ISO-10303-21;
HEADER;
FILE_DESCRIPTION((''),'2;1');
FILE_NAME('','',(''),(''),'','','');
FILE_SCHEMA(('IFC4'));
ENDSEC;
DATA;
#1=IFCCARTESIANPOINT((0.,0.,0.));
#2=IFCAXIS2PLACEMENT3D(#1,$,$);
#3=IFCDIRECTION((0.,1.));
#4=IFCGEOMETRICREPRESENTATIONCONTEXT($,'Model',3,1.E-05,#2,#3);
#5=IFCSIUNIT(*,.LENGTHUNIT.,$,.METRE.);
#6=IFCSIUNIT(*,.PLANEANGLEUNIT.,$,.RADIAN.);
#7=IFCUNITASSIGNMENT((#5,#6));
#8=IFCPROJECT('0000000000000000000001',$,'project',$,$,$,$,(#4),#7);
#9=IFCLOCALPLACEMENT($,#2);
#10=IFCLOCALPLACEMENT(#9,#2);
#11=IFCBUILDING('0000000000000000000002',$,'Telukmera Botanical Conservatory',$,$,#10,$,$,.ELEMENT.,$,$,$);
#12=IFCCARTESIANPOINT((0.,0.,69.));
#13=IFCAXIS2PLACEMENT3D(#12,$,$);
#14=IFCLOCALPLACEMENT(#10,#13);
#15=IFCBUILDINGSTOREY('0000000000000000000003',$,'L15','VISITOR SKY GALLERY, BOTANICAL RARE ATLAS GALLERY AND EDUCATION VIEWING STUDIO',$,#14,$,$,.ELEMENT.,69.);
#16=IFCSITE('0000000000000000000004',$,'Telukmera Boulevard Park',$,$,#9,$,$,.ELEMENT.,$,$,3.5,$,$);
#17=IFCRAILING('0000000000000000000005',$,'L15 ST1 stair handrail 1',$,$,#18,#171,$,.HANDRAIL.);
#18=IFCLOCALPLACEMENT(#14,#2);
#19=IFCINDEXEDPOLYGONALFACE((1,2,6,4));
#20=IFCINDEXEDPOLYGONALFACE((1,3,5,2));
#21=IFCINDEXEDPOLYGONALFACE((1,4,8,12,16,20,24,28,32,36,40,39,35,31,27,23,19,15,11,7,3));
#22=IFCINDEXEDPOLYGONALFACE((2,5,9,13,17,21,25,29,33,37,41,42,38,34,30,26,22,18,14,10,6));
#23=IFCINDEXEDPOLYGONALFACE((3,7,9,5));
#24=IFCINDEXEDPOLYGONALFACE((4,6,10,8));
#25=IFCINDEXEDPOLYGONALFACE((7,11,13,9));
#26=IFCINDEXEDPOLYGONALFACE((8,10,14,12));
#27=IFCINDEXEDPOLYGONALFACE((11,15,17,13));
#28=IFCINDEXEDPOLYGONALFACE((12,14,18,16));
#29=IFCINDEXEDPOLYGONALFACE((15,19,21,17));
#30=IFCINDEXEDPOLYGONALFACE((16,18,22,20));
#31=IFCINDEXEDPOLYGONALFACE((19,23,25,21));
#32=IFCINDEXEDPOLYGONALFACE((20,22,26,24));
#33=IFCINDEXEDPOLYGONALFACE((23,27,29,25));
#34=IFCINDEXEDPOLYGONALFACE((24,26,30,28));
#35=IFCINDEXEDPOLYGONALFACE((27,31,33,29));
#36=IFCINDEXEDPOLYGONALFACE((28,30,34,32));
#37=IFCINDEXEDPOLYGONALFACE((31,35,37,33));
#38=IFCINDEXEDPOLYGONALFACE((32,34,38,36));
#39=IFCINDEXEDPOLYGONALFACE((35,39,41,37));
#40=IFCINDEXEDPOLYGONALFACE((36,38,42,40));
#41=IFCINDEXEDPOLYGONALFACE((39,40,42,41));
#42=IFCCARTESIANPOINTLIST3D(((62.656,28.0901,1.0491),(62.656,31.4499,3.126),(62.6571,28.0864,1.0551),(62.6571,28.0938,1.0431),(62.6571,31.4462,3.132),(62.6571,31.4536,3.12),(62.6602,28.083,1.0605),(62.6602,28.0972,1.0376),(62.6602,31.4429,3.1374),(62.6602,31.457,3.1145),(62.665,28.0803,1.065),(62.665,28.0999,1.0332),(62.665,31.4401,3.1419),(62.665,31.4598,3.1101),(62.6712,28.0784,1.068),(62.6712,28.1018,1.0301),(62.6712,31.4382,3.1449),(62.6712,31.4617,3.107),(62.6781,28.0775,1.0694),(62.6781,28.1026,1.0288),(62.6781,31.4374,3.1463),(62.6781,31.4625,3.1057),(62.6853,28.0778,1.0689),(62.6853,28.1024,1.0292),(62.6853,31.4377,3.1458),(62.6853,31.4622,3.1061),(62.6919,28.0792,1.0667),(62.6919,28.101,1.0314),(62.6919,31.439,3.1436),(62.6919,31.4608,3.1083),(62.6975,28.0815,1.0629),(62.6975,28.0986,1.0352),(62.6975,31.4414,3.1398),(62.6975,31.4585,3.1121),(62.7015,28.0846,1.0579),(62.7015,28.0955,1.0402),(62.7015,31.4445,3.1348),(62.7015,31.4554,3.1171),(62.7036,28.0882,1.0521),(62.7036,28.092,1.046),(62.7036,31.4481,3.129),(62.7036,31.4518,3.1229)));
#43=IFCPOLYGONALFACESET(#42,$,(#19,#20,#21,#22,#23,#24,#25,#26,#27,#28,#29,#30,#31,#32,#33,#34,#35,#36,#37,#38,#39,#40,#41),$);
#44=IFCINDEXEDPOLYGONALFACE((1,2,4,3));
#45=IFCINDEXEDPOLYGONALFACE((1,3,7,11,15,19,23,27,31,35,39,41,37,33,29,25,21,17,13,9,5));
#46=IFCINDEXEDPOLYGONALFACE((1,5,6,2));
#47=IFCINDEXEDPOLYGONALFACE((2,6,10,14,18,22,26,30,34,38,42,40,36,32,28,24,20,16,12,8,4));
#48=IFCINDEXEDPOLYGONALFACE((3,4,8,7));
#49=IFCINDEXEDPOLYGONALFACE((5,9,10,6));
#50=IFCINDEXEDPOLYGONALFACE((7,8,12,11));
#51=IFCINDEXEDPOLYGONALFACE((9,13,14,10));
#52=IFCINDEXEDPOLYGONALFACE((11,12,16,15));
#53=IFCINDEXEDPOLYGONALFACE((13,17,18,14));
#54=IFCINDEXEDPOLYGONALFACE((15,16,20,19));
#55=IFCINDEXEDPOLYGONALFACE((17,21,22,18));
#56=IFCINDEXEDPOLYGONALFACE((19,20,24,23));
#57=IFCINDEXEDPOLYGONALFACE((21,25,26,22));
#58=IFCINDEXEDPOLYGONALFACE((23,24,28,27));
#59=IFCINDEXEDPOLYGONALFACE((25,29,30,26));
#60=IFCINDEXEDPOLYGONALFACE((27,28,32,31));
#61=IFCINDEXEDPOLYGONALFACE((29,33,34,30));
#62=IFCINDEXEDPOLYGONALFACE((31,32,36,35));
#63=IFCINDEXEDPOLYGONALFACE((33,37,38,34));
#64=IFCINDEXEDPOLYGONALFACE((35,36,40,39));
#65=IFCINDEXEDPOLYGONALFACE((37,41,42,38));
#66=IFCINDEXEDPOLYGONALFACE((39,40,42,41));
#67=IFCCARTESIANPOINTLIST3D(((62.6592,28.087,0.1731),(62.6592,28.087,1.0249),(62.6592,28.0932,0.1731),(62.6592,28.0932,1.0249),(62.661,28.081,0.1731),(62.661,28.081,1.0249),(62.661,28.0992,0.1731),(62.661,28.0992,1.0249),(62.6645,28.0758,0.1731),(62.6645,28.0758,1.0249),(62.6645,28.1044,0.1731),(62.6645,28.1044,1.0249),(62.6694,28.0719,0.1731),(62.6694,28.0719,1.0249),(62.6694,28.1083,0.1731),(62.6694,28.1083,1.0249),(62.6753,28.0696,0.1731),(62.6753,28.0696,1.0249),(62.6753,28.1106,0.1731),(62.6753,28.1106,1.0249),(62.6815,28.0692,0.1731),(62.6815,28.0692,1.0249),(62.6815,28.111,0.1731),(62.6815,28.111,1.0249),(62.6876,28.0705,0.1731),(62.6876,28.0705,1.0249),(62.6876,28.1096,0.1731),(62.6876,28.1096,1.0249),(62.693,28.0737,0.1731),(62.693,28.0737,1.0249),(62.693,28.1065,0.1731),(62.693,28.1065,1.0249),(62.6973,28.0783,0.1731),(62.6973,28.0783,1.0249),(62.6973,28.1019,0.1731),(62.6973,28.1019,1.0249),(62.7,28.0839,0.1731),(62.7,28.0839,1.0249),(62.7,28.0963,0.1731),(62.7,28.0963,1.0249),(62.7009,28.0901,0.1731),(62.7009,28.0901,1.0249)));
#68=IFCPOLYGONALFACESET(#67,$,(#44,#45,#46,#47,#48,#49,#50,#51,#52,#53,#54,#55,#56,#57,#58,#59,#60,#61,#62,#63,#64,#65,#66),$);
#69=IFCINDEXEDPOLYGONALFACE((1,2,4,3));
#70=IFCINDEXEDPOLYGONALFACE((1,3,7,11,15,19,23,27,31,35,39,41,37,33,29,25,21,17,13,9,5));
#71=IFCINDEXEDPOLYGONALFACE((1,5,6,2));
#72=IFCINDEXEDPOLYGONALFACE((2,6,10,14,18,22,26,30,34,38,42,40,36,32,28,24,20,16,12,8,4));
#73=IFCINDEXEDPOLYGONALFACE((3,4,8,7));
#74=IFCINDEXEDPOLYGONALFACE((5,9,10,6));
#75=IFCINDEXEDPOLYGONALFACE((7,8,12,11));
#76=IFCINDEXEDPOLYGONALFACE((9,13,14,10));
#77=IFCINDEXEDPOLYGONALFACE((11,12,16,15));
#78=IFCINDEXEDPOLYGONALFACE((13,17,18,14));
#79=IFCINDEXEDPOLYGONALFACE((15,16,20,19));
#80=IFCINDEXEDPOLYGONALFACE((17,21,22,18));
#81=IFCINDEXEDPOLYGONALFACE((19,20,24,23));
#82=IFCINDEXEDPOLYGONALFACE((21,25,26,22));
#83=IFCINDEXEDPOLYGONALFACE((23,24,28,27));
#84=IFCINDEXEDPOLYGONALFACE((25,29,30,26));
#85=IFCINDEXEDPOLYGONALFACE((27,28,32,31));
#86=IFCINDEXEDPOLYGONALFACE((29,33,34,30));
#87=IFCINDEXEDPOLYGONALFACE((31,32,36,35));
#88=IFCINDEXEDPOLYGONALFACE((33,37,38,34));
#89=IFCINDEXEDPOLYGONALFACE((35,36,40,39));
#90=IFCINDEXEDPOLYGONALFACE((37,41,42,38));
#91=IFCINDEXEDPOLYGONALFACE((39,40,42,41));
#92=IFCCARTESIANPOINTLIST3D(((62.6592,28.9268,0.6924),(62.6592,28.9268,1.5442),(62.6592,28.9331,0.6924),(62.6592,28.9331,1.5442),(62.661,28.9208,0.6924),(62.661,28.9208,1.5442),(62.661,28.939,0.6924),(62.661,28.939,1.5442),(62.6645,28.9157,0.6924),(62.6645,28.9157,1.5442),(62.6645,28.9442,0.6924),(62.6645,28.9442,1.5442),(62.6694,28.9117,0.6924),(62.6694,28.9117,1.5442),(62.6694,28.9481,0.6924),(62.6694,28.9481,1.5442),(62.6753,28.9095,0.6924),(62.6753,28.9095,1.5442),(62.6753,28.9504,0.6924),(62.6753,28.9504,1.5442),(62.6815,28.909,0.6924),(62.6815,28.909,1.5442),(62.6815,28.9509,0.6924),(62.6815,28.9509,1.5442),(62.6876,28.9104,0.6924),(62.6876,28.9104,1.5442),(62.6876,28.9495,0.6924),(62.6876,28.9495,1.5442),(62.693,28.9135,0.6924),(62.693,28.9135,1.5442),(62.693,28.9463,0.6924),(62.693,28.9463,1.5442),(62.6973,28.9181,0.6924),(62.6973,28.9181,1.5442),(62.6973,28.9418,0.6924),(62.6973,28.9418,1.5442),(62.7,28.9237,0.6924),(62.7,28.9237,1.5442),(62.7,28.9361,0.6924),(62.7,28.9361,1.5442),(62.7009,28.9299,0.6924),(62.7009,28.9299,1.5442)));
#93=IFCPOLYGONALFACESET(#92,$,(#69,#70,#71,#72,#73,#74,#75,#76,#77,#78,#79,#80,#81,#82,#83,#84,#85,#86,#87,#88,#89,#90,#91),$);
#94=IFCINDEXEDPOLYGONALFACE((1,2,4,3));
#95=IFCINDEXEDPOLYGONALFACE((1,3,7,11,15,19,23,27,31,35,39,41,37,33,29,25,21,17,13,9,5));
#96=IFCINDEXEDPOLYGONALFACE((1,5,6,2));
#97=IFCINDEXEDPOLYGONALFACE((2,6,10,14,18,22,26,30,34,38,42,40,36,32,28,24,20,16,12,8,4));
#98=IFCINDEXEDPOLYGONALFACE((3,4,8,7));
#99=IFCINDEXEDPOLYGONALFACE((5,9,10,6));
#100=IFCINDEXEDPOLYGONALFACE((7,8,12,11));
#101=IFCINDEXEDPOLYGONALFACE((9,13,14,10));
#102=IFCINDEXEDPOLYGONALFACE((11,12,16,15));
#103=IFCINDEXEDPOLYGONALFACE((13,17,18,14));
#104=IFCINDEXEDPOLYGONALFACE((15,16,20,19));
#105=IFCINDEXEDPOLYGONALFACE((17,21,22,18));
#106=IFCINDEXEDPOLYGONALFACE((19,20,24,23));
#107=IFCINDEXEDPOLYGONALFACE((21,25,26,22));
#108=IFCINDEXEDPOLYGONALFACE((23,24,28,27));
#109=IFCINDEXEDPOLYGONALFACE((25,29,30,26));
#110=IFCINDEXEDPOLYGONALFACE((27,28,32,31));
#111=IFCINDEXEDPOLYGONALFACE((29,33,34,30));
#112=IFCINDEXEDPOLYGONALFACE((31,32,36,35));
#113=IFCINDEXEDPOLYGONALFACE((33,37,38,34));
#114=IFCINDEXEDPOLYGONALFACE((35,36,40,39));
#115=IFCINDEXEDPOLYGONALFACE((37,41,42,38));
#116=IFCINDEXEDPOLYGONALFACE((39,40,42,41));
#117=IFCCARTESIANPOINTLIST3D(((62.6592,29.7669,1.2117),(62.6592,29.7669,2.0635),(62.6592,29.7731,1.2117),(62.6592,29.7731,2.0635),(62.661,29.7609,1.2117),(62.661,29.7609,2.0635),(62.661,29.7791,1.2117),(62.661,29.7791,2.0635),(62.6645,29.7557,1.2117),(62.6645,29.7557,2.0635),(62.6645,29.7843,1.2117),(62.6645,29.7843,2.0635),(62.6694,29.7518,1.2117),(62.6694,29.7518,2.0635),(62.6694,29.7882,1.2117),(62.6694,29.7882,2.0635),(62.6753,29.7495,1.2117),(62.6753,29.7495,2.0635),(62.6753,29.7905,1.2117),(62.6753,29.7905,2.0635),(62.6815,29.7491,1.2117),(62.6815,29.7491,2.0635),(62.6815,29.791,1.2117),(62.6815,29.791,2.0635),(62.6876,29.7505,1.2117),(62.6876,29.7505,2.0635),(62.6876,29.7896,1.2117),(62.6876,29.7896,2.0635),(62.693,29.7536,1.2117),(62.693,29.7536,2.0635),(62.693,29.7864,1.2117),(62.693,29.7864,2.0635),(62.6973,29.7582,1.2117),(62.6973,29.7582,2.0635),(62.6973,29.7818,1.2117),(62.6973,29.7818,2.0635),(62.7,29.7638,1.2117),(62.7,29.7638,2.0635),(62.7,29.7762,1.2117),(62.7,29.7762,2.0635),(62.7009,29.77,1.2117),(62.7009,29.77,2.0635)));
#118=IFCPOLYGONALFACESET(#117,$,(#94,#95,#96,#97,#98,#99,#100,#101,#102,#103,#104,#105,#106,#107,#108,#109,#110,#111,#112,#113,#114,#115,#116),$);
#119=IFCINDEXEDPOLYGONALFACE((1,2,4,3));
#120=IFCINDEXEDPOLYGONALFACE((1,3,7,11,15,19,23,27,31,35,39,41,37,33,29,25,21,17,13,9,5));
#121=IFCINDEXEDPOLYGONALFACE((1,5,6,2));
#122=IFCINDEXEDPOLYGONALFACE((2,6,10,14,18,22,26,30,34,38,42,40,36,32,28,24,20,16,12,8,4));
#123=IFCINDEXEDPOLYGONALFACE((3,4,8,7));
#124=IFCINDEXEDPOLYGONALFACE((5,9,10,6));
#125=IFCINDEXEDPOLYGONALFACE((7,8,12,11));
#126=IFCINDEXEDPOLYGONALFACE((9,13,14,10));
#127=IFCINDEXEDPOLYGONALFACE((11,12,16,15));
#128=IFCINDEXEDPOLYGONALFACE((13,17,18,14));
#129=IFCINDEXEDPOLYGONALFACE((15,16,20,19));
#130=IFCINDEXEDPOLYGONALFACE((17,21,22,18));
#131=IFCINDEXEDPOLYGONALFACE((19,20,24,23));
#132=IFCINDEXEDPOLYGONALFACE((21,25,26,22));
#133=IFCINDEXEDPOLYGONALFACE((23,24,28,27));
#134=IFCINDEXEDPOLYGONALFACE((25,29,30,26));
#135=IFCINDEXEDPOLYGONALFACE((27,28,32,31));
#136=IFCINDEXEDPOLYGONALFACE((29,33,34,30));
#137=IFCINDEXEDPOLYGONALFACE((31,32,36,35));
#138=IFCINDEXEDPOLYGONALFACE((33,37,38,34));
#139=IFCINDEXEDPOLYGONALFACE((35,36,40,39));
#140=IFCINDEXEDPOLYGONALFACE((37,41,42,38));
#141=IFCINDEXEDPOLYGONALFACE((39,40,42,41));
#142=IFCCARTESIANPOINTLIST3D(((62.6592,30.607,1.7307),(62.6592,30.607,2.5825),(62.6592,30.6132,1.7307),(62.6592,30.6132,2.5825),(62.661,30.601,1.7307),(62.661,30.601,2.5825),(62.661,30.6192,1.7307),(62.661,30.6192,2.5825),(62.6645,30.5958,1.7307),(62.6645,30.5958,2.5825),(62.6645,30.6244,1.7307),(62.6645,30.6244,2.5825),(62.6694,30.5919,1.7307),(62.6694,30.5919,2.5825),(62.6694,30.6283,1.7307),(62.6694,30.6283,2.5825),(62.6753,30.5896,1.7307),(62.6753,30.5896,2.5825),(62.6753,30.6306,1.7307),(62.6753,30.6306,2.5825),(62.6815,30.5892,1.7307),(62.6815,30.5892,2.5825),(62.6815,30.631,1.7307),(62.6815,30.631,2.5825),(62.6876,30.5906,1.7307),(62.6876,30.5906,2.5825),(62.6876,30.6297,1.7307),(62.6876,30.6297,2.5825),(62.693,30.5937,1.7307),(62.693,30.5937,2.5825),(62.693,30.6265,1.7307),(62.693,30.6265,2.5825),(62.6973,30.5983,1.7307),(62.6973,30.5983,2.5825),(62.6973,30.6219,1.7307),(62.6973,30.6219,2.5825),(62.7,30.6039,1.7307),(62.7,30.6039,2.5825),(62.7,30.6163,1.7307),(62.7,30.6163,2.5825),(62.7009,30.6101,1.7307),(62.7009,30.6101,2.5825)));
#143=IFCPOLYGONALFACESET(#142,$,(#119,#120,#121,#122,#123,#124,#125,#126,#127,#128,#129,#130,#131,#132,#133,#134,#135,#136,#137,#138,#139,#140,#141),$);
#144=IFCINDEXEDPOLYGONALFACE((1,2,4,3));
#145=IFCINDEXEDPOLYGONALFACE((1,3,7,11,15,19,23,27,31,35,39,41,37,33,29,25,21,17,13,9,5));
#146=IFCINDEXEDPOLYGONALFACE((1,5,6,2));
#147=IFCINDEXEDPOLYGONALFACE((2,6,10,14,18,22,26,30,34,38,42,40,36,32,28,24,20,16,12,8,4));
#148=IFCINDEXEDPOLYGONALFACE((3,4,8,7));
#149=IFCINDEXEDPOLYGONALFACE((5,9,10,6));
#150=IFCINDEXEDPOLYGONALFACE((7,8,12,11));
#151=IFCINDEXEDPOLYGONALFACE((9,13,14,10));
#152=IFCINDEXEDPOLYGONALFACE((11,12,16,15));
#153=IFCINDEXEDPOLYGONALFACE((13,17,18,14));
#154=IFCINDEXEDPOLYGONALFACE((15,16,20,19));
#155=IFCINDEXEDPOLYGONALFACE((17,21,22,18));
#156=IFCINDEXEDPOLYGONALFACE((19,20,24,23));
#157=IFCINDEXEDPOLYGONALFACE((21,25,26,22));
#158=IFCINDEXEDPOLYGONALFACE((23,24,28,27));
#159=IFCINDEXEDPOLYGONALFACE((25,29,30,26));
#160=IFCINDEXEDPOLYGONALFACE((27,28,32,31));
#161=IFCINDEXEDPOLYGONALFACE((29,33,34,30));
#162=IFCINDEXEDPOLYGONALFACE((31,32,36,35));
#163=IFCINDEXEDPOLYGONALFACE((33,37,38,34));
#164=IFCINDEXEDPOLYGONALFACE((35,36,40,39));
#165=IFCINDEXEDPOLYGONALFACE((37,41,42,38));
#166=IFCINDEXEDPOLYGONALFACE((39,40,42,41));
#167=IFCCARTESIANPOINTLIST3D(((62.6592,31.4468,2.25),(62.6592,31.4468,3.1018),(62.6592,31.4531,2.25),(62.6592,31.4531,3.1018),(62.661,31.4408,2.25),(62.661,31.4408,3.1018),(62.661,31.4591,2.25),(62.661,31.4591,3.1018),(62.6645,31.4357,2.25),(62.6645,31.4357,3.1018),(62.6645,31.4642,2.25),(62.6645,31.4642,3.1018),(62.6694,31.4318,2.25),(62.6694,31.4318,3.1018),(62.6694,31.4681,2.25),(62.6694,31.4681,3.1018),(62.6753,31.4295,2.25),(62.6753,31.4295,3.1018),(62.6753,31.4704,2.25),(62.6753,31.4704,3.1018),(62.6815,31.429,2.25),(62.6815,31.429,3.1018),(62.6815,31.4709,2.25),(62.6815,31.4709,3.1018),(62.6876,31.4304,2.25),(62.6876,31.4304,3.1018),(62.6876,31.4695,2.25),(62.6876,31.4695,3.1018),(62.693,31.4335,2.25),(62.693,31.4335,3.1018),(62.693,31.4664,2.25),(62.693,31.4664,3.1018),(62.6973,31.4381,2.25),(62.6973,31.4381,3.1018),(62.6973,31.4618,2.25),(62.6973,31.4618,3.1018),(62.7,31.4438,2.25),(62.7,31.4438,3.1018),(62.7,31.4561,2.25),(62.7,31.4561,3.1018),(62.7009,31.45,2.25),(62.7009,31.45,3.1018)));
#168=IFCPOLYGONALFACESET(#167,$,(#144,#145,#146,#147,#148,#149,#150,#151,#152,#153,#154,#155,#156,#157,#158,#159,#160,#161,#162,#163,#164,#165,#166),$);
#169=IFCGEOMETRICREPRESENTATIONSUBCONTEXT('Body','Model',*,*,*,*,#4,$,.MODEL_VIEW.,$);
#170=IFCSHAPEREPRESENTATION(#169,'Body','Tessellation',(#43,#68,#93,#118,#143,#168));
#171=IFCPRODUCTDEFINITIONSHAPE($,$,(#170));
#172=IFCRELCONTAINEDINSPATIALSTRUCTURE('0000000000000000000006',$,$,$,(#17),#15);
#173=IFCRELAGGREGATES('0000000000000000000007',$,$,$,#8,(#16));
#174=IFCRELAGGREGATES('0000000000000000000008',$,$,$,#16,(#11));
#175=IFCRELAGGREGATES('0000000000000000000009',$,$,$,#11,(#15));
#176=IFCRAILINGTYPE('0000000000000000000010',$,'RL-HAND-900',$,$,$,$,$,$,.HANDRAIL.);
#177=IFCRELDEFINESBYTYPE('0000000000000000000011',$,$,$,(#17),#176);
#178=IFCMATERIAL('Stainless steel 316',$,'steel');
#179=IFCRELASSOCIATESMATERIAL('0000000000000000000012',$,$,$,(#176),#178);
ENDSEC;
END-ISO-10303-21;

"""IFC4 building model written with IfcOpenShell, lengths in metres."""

from ifc_helpers import new_model, si_unit, direction, frame, origin, origin_2d, place, context, subcontext, project, spatial, circle, extrude, material, type_object, element, save


model = new_model("IFC4")

# Units and contexts
model_context = context("Model", 3, precision=1e-05, world=origin(), true_north=direction((0.0, 1.0)))
body_context = subcontext(model_context, "Body", "Model", "MODEL_VIEW")
ifc_project = project(units=[si_unit("LENGTHUNIT", "METRE"), si_unit("PLANEANGLEUNIT", "RADIAN")], contexts=[model_context])

# Site, building, storey
site_placement = place(None, origin())
site = spatial("IfcSite", under=ifc_project, at=site_placement, Name="Telukmera Boulevard Park", CompositionType="ELEMENT", RefElevation=3.5)
building_placement = place(site_placement, origin())
building = spatial("IfcBuilding", under=site, at=building_placement, Name="Telukmera Botanical Conservatory", CompositionType="ELEMENT")
storey_placement = place(building_placement, frame((0.0, 0.0, 69.0)))
storey = spatial("IfcBuildingStorey", under=building, at=storey_placement, Name="L15", Description="VISITOR SKY GALLERY, BOTANICAL RARE ATLAS GALLERY AND EDUCATION VIEWING STUDIO", CompositionType="ELEMENT", Elevation=69.0)

# Shared definitions
ifc_material_1 = material(Name="Stainless steel 316", Category="steel")

# Railing
railing_type_1 = type_object("IfcRailingType", Name="RL-HAND-900", PredefinedType="HANDRAIL", material=ifc_material_1)
railing_1_placement = place(storey_placement, frame((62.6799, 28.0901, 0.1731)))
element("IfcRailing", 1, at=railing_1_placement, inside=storey, type_object=railing_type_1, Name="L15 ST1 stair handrail 1", PredefinedType="HANDRAIL", context=body_context, shape_type="SweptSolid", body=[
    extrude(circle(Radius=0.0239, at=origin_2d()), frame((0.0, 0.0, 0.876), z_axis=(0.0, 0.850606, 0.525803), x_axis=(-1.0, 0.0, 0.0)), (0.0, 0.0, 1.0), 3.95),
    extrude(circle(Radius=0.021, at=origin_2d()), origin(), (0.0, 0.0, 1.0), 0.8518),
    extrude(circle(Radius=0.021, at=origin_2d()), frame((0.0, 0.8398, 0.5193)), (0.0, 0.0, 1.0), 0.8518),
    extrude(circle(Radius=0.021, at=origin_2d()), frame((0.0, 1.6799, 1.0386)), (0.0, 0.0, 1.0), 0.8518),
    extrude(circle(Radius=0.021, at=origin_2d()), frame((0.0, 2.52, 1.5576)), (0.0, 0.0, 1.0), 0.8518),
    extrude(circle(Radius=0.021, at=origin_2d()), frame((0.0, 3.3599, 2.0769)), (0.0, 0.0, 1.0), 0.8518),
])

save(model, "model.ifc")
